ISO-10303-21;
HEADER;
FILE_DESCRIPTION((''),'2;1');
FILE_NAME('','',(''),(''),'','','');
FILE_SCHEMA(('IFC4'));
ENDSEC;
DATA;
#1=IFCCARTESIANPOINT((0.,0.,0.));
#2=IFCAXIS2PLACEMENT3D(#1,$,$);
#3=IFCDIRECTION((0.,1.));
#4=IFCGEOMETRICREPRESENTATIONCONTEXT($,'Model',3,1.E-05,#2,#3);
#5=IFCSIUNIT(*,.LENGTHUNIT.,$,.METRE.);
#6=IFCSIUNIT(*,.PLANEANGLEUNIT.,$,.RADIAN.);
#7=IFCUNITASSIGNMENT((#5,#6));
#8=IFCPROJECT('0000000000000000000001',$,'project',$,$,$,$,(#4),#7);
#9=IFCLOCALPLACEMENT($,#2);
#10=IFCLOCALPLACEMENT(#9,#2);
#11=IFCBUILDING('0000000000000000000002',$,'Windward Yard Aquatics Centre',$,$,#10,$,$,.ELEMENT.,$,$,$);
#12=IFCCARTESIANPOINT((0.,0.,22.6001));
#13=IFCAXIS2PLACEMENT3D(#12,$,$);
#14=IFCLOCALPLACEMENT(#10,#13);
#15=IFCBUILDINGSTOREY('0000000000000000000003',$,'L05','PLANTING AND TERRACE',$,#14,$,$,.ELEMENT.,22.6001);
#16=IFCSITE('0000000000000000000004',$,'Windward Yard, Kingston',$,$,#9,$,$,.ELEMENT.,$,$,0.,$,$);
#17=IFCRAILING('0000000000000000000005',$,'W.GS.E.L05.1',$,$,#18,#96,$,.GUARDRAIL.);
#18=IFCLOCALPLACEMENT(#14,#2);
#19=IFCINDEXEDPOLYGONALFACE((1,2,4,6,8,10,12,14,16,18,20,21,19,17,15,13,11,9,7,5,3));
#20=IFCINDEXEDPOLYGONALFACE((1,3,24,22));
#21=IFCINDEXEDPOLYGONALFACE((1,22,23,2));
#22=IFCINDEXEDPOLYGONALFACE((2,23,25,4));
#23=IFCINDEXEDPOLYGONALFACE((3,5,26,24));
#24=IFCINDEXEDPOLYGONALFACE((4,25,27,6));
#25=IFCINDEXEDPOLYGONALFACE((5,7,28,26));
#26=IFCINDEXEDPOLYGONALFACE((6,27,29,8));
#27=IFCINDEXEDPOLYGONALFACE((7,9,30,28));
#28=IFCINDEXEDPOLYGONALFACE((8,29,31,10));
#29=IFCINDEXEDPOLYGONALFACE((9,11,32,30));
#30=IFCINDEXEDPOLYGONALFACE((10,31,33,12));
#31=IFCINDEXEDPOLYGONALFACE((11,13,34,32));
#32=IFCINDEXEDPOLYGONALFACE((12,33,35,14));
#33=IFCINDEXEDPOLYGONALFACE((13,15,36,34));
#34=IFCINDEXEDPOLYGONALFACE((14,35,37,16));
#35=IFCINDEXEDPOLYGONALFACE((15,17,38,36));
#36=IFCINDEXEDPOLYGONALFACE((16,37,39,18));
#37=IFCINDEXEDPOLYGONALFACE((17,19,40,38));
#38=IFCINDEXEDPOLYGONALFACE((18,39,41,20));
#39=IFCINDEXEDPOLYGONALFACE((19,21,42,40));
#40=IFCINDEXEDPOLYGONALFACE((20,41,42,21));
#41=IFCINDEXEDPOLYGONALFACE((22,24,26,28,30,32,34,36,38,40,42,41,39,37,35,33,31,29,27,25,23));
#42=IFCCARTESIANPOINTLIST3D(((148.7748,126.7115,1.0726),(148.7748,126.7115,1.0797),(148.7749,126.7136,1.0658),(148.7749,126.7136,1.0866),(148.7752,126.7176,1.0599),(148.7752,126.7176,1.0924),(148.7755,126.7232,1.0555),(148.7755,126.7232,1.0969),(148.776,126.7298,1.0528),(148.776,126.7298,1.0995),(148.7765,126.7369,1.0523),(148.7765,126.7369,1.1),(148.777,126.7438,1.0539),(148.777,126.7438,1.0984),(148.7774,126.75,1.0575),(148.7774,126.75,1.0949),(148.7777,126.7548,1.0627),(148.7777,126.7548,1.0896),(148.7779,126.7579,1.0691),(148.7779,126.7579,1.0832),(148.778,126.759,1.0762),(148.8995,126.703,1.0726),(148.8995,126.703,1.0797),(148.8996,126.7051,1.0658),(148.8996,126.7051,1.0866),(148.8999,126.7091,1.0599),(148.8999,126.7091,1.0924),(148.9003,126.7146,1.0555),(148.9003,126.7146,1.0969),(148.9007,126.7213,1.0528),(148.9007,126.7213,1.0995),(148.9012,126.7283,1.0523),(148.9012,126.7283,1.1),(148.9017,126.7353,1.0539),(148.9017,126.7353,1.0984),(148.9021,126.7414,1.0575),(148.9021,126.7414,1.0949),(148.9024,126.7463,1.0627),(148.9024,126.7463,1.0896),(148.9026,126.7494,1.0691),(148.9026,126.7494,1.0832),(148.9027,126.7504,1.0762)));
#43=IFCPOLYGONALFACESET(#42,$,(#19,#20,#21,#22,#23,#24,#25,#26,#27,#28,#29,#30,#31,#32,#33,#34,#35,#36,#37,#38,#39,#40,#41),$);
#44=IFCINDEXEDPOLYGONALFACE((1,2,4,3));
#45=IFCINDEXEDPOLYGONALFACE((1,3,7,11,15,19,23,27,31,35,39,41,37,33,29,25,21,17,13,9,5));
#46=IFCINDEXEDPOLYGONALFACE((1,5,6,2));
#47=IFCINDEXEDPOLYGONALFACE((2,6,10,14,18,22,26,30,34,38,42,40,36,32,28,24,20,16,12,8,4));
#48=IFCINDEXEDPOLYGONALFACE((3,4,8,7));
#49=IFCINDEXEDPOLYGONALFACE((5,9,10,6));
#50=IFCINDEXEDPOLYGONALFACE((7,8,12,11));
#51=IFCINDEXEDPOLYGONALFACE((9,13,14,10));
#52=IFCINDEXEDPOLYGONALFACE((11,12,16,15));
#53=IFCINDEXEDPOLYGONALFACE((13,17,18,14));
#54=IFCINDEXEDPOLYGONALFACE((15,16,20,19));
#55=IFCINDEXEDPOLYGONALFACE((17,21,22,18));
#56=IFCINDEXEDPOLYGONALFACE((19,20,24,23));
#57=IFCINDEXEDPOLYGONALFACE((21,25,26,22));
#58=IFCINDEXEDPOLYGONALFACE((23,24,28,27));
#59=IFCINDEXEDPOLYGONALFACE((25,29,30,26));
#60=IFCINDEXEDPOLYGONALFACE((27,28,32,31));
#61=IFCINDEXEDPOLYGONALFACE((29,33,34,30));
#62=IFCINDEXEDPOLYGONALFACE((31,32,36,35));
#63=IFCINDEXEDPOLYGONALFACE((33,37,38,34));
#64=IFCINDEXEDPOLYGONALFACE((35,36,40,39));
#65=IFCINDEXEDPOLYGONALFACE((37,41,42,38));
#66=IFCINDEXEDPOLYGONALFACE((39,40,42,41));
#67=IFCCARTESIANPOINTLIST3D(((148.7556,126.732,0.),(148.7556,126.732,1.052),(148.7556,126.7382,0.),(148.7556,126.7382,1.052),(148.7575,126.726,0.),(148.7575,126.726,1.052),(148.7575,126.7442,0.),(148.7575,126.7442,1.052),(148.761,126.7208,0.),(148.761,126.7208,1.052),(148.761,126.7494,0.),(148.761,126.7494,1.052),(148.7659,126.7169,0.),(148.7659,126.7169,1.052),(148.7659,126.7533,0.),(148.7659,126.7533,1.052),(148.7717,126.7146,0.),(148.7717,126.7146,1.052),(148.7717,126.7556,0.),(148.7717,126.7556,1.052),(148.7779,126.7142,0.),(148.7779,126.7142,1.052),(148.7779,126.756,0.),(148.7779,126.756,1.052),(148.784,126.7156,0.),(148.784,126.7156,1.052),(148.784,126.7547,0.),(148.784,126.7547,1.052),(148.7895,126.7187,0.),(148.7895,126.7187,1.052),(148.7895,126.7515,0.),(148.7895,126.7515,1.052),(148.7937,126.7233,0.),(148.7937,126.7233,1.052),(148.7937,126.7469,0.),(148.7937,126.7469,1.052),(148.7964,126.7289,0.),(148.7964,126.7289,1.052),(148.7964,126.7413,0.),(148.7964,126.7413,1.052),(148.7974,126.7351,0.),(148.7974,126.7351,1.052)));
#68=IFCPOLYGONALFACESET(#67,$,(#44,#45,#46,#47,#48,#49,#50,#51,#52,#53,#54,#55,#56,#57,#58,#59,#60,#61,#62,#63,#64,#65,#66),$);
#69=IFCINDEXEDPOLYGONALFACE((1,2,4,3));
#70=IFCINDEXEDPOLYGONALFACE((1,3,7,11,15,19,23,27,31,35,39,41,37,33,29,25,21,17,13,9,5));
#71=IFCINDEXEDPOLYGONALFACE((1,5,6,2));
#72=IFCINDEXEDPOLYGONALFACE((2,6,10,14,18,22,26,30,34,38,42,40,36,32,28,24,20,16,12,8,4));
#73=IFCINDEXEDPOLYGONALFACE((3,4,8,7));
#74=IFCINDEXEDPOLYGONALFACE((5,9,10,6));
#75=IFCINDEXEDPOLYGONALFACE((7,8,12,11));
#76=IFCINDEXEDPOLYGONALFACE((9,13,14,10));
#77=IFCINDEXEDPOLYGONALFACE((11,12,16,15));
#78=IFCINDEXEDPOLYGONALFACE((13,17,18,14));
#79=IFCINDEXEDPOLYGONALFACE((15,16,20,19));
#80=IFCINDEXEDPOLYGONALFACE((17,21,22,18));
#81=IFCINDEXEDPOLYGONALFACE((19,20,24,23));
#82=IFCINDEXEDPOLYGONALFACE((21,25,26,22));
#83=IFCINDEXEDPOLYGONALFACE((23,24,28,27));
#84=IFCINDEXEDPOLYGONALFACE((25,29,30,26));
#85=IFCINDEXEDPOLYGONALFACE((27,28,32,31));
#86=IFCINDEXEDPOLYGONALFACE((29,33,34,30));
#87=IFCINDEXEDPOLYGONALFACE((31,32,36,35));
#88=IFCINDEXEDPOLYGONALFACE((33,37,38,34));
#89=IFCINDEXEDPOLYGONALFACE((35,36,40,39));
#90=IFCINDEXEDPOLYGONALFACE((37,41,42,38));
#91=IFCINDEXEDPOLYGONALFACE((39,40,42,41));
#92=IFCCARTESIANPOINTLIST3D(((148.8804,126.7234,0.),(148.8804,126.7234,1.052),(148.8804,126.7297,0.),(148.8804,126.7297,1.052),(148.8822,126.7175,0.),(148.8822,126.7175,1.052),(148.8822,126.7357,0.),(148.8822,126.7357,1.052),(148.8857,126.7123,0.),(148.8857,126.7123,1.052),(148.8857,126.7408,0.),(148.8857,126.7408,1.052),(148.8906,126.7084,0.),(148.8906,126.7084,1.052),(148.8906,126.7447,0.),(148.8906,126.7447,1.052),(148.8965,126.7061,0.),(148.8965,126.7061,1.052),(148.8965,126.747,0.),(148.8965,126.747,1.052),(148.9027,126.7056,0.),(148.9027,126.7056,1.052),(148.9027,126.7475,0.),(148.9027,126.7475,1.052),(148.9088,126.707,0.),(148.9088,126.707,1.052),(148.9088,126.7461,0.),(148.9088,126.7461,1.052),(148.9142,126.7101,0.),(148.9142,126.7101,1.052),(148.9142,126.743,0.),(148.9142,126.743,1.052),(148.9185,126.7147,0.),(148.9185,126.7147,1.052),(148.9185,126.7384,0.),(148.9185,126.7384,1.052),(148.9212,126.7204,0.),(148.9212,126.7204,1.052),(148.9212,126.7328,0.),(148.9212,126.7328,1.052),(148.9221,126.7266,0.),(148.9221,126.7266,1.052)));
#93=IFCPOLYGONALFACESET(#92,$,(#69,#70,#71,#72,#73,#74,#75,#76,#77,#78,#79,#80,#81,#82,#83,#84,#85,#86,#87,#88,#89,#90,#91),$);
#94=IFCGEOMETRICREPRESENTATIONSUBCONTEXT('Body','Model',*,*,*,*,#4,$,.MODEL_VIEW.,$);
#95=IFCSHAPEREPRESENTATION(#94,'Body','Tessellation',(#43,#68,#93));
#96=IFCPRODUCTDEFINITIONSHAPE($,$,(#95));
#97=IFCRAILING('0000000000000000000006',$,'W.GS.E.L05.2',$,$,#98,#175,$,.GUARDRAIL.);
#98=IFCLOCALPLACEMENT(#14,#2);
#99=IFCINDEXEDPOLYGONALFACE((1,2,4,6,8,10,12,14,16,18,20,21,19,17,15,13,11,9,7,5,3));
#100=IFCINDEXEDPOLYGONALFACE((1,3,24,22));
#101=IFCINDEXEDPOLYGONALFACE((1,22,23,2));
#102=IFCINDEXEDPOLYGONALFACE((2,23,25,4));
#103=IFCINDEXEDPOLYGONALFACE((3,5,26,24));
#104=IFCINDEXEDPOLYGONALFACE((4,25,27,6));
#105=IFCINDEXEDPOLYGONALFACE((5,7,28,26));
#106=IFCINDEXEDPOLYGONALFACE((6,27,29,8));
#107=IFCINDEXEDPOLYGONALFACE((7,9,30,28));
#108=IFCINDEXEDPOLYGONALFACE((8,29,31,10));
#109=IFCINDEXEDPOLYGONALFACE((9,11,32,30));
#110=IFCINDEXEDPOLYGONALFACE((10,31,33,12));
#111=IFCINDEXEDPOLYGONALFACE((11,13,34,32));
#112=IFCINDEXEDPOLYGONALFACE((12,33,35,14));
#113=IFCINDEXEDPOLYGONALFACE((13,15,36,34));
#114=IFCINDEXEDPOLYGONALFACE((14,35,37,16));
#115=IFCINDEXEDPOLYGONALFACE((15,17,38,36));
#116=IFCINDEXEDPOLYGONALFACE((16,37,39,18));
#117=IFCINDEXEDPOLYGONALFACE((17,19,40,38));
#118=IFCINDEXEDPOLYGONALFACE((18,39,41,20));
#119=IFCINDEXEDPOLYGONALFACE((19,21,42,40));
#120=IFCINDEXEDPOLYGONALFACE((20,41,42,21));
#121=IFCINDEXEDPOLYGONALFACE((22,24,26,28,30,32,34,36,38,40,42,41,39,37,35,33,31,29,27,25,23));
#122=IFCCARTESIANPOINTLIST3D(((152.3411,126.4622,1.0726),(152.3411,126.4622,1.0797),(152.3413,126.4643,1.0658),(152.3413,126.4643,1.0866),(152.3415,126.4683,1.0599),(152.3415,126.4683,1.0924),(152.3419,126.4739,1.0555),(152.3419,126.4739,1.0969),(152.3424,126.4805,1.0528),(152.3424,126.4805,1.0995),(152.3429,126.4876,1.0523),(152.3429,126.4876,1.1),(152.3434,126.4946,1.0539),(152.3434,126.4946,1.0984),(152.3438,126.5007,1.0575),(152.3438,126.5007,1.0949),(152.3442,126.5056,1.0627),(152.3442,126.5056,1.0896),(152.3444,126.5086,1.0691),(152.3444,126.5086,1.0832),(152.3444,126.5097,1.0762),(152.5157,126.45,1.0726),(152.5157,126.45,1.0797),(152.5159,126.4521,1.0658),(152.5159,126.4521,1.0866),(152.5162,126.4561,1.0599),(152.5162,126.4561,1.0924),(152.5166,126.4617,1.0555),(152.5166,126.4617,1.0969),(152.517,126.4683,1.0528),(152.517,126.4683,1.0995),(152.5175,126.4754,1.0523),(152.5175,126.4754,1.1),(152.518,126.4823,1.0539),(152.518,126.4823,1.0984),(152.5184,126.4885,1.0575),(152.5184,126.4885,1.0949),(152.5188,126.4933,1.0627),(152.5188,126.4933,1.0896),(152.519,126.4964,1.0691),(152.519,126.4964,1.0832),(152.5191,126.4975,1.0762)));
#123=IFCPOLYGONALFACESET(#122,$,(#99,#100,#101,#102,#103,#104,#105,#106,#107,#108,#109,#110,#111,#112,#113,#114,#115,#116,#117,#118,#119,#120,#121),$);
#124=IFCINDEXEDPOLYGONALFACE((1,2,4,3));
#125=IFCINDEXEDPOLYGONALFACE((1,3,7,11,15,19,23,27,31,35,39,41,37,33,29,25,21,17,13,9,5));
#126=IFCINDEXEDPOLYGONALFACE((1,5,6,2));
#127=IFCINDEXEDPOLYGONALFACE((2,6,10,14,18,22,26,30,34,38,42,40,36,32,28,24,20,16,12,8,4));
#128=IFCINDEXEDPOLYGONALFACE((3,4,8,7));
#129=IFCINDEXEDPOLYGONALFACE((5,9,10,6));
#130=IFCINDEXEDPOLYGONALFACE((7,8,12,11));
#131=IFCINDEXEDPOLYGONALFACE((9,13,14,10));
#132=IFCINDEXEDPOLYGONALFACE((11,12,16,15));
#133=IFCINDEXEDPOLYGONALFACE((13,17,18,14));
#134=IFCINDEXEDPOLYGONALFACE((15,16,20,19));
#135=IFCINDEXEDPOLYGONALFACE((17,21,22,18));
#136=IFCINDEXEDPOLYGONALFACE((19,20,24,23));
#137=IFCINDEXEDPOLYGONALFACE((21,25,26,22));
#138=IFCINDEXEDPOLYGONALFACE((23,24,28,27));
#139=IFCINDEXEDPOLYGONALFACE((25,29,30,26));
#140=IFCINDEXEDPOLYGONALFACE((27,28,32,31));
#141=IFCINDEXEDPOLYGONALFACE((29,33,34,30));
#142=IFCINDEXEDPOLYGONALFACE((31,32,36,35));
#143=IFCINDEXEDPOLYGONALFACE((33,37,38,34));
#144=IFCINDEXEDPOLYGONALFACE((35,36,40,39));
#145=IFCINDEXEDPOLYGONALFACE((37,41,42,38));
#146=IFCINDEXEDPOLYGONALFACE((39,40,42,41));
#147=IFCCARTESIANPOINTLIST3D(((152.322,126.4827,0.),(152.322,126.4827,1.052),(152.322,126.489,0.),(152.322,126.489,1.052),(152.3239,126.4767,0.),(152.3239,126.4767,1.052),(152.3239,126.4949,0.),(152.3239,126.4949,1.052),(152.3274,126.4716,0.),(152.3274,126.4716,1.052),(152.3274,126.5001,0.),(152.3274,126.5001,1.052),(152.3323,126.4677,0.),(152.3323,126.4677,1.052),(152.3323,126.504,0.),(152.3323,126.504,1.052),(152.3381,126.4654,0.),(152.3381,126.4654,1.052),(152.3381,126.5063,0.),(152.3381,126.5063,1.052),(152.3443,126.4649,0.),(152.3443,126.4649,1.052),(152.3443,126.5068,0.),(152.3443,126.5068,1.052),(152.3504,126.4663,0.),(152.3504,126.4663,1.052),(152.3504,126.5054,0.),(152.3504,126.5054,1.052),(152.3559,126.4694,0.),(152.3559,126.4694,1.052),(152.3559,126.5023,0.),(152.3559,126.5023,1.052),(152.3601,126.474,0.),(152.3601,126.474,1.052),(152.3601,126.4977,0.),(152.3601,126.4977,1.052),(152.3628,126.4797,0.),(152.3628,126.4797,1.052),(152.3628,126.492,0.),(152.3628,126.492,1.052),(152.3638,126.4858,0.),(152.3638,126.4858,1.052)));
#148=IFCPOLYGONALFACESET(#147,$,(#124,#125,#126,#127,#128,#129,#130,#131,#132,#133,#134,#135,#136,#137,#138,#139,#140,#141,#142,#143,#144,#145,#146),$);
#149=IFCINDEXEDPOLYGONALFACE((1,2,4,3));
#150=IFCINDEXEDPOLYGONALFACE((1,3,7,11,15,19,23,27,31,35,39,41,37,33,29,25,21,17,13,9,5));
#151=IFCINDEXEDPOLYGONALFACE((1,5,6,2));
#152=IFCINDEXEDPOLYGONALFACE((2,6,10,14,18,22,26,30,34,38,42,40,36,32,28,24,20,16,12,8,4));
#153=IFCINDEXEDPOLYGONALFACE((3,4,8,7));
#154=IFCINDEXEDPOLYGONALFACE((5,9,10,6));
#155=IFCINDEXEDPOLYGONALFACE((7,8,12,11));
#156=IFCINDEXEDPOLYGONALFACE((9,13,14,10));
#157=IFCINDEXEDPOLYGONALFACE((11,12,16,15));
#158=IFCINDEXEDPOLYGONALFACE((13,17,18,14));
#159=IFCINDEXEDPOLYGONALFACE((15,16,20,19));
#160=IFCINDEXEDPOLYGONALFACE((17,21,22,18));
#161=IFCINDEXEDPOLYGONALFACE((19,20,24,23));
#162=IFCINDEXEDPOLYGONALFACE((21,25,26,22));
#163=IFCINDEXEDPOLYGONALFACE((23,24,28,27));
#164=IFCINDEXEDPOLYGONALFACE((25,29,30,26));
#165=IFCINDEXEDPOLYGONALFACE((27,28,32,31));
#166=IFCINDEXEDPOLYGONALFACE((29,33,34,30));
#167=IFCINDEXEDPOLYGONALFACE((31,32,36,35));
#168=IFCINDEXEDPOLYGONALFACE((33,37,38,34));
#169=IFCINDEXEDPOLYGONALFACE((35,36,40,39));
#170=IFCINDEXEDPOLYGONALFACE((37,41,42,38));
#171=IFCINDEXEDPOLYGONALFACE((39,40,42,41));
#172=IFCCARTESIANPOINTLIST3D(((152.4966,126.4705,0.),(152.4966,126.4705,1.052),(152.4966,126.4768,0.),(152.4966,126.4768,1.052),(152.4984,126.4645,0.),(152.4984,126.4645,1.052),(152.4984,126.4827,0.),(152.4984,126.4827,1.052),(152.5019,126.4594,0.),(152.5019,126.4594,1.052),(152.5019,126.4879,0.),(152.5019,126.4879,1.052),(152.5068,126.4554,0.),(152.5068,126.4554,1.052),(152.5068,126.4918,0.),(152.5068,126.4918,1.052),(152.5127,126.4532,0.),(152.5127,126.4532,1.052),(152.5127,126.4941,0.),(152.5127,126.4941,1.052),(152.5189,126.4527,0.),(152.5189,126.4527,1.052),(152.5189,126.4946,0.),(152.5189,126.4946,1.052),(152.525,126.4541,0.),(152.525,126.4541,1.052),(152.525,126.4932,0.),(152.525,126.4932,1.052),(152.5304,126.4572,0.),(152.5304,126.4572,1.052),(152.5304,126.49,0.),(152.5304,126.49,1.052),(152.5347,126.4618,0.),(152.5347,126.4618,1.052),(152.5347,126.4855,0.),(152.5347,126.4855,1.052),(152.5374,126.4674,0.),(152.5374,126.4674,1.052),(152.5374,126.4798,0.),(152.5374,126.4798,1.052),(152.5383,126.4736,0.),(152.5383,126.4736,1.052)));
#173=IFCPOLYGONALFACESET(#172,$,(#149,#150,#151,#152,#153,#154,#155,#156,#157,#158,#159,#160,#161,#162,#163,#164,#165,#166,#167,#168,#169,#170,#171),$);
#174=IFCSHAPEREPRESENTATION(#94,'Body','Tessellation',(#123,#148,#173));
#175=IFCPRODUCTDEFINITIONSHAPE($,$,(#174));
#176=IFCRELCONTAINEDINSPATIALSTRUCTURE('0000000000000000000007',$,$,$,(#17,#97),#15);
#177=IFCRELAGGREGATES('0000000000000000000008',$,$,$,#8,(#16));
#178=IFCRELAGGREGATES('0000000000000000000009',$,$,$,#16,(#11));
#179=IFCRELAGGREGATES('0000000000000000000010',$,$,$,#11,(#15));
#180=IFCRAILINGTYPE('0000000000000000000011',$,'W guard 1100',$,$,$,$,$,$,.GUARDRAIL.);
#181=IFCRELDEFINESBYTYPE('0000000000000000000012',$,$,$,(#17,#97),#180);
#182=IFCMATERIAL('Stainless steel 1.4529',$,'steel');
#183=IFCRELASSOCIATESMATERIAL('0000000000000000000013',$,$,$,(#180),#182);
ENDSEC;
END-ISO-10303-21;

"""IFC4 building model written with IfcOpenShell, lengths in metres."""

from ifc_helpers import new_model, si_unit, direction, frame, origin, origin_2d, place, context, subcontext, project, spatial, circle, extrude, material, type_object, element, save


model = new_model("IFC4")

# Units and contexts
model_context = context("Model", 3, precision=1e-05, world=origin(), true_north=direction((0.0, 1.0)))
body_context = subcontext(model_context, "Body", "Model", "MODEL_VIEW")
ifc_project = project(units=[si_unit("LENGTHUNIT", "METRE"), si_unit("PLANEANGLEUNIT", "RADIAN")], contexts=[model_context])

# Site, building, storey
site_placement = place(None, origin())
site = spatial("IfcSite", under=ifc_project, at=site_placement, Name="Windward Yard, Kingston", CompositionType="ELEMENT", RefElevation=0.0)
building_placement = place(site_placement, origin())
building = spatial("IfcBuilding", under=site, at=building_placement, Name="Windward Yard Aquatics Centre", CompositionType="ELEMENT")
storey_placement = place(building_placement, frame((0.0, 0.0, 22.6001)))
storey = spatial("IfcBuildingStorey", under=building, at=storey_placement, Name="L05", Description="PLANTING AND TERRACE", CompositionType="ELEMENT", Elevation=22.6001)

# Railings
ifc_material_1 = material(Name="Stainless steel 1.4529", Category="steel")
railing_type = type_object("IfcRailingType", Name="W guard 1100", PredefinedType="GUARDRAIL", material=ifc_material_1)
railing_1_placement = place(storey_placement, frame((148.7764, 126.7351, 0.0)))
element("IfcRailing", 1, at=railing_1_placement, inside=storey, type_object=railing_type, Name="W.GS.E.L05.1", PredefinedType="GUARDRAIL", context=body_context, shape_type="SweptSolid", body=[
    extrude(circle(Radius=0.0239, at=origin_2d()), frame((0.0, 0.0, 1.0762), z_axis=(0.997663, -0.068333, 0.0), x_axis=(0.068333, 0.997663, 0.0)), (0.0, 0.0, 1.0), 0.125),
    extrude(circle(Radius=0.021, at=origin_2d()), origin(), (0.0, 0.0, 1.0), 1.052),
    extrude(circle(Radius=0.021, at=origin_2d()), frame((0.1248, -0.0085, 0.0)), (0.0, 0.0, 1.0), 1.052),
])
railing_2_placement = place(storey_placement, frame((152.3428, 126.4858, 0.0)))
element("IfcRailing", 2, at=railing_2_placement, inside=storey, type_object=railing_type, Name="W.GS.E.L05.2", PredefinedType="GUARDRAIL", context=body_context, shape_type="SweptSolid", body=[
    extrude(circle(Radius=0.0239, at=origin_2d()), frame((0.0, 0.0, 1.0762), z_axis=(0.997564, -0.06976, 0.0), x_axis=(0.06976, 0.997564, 0.0)), (0.0, 0.0, 1.0), 0.175),
    extrude(circle(Radius=0.021, at=origin_2d()), origin(), (0.0, 0.0, 1.0), 1.052),
    extrude(circle(Radius=0.021, at=origin_2d()), frame((0.1746, -0.0122, 0.0)), (0.0, 0.0, 1.0), 1.052),
])

save(model, "model.ifc")
